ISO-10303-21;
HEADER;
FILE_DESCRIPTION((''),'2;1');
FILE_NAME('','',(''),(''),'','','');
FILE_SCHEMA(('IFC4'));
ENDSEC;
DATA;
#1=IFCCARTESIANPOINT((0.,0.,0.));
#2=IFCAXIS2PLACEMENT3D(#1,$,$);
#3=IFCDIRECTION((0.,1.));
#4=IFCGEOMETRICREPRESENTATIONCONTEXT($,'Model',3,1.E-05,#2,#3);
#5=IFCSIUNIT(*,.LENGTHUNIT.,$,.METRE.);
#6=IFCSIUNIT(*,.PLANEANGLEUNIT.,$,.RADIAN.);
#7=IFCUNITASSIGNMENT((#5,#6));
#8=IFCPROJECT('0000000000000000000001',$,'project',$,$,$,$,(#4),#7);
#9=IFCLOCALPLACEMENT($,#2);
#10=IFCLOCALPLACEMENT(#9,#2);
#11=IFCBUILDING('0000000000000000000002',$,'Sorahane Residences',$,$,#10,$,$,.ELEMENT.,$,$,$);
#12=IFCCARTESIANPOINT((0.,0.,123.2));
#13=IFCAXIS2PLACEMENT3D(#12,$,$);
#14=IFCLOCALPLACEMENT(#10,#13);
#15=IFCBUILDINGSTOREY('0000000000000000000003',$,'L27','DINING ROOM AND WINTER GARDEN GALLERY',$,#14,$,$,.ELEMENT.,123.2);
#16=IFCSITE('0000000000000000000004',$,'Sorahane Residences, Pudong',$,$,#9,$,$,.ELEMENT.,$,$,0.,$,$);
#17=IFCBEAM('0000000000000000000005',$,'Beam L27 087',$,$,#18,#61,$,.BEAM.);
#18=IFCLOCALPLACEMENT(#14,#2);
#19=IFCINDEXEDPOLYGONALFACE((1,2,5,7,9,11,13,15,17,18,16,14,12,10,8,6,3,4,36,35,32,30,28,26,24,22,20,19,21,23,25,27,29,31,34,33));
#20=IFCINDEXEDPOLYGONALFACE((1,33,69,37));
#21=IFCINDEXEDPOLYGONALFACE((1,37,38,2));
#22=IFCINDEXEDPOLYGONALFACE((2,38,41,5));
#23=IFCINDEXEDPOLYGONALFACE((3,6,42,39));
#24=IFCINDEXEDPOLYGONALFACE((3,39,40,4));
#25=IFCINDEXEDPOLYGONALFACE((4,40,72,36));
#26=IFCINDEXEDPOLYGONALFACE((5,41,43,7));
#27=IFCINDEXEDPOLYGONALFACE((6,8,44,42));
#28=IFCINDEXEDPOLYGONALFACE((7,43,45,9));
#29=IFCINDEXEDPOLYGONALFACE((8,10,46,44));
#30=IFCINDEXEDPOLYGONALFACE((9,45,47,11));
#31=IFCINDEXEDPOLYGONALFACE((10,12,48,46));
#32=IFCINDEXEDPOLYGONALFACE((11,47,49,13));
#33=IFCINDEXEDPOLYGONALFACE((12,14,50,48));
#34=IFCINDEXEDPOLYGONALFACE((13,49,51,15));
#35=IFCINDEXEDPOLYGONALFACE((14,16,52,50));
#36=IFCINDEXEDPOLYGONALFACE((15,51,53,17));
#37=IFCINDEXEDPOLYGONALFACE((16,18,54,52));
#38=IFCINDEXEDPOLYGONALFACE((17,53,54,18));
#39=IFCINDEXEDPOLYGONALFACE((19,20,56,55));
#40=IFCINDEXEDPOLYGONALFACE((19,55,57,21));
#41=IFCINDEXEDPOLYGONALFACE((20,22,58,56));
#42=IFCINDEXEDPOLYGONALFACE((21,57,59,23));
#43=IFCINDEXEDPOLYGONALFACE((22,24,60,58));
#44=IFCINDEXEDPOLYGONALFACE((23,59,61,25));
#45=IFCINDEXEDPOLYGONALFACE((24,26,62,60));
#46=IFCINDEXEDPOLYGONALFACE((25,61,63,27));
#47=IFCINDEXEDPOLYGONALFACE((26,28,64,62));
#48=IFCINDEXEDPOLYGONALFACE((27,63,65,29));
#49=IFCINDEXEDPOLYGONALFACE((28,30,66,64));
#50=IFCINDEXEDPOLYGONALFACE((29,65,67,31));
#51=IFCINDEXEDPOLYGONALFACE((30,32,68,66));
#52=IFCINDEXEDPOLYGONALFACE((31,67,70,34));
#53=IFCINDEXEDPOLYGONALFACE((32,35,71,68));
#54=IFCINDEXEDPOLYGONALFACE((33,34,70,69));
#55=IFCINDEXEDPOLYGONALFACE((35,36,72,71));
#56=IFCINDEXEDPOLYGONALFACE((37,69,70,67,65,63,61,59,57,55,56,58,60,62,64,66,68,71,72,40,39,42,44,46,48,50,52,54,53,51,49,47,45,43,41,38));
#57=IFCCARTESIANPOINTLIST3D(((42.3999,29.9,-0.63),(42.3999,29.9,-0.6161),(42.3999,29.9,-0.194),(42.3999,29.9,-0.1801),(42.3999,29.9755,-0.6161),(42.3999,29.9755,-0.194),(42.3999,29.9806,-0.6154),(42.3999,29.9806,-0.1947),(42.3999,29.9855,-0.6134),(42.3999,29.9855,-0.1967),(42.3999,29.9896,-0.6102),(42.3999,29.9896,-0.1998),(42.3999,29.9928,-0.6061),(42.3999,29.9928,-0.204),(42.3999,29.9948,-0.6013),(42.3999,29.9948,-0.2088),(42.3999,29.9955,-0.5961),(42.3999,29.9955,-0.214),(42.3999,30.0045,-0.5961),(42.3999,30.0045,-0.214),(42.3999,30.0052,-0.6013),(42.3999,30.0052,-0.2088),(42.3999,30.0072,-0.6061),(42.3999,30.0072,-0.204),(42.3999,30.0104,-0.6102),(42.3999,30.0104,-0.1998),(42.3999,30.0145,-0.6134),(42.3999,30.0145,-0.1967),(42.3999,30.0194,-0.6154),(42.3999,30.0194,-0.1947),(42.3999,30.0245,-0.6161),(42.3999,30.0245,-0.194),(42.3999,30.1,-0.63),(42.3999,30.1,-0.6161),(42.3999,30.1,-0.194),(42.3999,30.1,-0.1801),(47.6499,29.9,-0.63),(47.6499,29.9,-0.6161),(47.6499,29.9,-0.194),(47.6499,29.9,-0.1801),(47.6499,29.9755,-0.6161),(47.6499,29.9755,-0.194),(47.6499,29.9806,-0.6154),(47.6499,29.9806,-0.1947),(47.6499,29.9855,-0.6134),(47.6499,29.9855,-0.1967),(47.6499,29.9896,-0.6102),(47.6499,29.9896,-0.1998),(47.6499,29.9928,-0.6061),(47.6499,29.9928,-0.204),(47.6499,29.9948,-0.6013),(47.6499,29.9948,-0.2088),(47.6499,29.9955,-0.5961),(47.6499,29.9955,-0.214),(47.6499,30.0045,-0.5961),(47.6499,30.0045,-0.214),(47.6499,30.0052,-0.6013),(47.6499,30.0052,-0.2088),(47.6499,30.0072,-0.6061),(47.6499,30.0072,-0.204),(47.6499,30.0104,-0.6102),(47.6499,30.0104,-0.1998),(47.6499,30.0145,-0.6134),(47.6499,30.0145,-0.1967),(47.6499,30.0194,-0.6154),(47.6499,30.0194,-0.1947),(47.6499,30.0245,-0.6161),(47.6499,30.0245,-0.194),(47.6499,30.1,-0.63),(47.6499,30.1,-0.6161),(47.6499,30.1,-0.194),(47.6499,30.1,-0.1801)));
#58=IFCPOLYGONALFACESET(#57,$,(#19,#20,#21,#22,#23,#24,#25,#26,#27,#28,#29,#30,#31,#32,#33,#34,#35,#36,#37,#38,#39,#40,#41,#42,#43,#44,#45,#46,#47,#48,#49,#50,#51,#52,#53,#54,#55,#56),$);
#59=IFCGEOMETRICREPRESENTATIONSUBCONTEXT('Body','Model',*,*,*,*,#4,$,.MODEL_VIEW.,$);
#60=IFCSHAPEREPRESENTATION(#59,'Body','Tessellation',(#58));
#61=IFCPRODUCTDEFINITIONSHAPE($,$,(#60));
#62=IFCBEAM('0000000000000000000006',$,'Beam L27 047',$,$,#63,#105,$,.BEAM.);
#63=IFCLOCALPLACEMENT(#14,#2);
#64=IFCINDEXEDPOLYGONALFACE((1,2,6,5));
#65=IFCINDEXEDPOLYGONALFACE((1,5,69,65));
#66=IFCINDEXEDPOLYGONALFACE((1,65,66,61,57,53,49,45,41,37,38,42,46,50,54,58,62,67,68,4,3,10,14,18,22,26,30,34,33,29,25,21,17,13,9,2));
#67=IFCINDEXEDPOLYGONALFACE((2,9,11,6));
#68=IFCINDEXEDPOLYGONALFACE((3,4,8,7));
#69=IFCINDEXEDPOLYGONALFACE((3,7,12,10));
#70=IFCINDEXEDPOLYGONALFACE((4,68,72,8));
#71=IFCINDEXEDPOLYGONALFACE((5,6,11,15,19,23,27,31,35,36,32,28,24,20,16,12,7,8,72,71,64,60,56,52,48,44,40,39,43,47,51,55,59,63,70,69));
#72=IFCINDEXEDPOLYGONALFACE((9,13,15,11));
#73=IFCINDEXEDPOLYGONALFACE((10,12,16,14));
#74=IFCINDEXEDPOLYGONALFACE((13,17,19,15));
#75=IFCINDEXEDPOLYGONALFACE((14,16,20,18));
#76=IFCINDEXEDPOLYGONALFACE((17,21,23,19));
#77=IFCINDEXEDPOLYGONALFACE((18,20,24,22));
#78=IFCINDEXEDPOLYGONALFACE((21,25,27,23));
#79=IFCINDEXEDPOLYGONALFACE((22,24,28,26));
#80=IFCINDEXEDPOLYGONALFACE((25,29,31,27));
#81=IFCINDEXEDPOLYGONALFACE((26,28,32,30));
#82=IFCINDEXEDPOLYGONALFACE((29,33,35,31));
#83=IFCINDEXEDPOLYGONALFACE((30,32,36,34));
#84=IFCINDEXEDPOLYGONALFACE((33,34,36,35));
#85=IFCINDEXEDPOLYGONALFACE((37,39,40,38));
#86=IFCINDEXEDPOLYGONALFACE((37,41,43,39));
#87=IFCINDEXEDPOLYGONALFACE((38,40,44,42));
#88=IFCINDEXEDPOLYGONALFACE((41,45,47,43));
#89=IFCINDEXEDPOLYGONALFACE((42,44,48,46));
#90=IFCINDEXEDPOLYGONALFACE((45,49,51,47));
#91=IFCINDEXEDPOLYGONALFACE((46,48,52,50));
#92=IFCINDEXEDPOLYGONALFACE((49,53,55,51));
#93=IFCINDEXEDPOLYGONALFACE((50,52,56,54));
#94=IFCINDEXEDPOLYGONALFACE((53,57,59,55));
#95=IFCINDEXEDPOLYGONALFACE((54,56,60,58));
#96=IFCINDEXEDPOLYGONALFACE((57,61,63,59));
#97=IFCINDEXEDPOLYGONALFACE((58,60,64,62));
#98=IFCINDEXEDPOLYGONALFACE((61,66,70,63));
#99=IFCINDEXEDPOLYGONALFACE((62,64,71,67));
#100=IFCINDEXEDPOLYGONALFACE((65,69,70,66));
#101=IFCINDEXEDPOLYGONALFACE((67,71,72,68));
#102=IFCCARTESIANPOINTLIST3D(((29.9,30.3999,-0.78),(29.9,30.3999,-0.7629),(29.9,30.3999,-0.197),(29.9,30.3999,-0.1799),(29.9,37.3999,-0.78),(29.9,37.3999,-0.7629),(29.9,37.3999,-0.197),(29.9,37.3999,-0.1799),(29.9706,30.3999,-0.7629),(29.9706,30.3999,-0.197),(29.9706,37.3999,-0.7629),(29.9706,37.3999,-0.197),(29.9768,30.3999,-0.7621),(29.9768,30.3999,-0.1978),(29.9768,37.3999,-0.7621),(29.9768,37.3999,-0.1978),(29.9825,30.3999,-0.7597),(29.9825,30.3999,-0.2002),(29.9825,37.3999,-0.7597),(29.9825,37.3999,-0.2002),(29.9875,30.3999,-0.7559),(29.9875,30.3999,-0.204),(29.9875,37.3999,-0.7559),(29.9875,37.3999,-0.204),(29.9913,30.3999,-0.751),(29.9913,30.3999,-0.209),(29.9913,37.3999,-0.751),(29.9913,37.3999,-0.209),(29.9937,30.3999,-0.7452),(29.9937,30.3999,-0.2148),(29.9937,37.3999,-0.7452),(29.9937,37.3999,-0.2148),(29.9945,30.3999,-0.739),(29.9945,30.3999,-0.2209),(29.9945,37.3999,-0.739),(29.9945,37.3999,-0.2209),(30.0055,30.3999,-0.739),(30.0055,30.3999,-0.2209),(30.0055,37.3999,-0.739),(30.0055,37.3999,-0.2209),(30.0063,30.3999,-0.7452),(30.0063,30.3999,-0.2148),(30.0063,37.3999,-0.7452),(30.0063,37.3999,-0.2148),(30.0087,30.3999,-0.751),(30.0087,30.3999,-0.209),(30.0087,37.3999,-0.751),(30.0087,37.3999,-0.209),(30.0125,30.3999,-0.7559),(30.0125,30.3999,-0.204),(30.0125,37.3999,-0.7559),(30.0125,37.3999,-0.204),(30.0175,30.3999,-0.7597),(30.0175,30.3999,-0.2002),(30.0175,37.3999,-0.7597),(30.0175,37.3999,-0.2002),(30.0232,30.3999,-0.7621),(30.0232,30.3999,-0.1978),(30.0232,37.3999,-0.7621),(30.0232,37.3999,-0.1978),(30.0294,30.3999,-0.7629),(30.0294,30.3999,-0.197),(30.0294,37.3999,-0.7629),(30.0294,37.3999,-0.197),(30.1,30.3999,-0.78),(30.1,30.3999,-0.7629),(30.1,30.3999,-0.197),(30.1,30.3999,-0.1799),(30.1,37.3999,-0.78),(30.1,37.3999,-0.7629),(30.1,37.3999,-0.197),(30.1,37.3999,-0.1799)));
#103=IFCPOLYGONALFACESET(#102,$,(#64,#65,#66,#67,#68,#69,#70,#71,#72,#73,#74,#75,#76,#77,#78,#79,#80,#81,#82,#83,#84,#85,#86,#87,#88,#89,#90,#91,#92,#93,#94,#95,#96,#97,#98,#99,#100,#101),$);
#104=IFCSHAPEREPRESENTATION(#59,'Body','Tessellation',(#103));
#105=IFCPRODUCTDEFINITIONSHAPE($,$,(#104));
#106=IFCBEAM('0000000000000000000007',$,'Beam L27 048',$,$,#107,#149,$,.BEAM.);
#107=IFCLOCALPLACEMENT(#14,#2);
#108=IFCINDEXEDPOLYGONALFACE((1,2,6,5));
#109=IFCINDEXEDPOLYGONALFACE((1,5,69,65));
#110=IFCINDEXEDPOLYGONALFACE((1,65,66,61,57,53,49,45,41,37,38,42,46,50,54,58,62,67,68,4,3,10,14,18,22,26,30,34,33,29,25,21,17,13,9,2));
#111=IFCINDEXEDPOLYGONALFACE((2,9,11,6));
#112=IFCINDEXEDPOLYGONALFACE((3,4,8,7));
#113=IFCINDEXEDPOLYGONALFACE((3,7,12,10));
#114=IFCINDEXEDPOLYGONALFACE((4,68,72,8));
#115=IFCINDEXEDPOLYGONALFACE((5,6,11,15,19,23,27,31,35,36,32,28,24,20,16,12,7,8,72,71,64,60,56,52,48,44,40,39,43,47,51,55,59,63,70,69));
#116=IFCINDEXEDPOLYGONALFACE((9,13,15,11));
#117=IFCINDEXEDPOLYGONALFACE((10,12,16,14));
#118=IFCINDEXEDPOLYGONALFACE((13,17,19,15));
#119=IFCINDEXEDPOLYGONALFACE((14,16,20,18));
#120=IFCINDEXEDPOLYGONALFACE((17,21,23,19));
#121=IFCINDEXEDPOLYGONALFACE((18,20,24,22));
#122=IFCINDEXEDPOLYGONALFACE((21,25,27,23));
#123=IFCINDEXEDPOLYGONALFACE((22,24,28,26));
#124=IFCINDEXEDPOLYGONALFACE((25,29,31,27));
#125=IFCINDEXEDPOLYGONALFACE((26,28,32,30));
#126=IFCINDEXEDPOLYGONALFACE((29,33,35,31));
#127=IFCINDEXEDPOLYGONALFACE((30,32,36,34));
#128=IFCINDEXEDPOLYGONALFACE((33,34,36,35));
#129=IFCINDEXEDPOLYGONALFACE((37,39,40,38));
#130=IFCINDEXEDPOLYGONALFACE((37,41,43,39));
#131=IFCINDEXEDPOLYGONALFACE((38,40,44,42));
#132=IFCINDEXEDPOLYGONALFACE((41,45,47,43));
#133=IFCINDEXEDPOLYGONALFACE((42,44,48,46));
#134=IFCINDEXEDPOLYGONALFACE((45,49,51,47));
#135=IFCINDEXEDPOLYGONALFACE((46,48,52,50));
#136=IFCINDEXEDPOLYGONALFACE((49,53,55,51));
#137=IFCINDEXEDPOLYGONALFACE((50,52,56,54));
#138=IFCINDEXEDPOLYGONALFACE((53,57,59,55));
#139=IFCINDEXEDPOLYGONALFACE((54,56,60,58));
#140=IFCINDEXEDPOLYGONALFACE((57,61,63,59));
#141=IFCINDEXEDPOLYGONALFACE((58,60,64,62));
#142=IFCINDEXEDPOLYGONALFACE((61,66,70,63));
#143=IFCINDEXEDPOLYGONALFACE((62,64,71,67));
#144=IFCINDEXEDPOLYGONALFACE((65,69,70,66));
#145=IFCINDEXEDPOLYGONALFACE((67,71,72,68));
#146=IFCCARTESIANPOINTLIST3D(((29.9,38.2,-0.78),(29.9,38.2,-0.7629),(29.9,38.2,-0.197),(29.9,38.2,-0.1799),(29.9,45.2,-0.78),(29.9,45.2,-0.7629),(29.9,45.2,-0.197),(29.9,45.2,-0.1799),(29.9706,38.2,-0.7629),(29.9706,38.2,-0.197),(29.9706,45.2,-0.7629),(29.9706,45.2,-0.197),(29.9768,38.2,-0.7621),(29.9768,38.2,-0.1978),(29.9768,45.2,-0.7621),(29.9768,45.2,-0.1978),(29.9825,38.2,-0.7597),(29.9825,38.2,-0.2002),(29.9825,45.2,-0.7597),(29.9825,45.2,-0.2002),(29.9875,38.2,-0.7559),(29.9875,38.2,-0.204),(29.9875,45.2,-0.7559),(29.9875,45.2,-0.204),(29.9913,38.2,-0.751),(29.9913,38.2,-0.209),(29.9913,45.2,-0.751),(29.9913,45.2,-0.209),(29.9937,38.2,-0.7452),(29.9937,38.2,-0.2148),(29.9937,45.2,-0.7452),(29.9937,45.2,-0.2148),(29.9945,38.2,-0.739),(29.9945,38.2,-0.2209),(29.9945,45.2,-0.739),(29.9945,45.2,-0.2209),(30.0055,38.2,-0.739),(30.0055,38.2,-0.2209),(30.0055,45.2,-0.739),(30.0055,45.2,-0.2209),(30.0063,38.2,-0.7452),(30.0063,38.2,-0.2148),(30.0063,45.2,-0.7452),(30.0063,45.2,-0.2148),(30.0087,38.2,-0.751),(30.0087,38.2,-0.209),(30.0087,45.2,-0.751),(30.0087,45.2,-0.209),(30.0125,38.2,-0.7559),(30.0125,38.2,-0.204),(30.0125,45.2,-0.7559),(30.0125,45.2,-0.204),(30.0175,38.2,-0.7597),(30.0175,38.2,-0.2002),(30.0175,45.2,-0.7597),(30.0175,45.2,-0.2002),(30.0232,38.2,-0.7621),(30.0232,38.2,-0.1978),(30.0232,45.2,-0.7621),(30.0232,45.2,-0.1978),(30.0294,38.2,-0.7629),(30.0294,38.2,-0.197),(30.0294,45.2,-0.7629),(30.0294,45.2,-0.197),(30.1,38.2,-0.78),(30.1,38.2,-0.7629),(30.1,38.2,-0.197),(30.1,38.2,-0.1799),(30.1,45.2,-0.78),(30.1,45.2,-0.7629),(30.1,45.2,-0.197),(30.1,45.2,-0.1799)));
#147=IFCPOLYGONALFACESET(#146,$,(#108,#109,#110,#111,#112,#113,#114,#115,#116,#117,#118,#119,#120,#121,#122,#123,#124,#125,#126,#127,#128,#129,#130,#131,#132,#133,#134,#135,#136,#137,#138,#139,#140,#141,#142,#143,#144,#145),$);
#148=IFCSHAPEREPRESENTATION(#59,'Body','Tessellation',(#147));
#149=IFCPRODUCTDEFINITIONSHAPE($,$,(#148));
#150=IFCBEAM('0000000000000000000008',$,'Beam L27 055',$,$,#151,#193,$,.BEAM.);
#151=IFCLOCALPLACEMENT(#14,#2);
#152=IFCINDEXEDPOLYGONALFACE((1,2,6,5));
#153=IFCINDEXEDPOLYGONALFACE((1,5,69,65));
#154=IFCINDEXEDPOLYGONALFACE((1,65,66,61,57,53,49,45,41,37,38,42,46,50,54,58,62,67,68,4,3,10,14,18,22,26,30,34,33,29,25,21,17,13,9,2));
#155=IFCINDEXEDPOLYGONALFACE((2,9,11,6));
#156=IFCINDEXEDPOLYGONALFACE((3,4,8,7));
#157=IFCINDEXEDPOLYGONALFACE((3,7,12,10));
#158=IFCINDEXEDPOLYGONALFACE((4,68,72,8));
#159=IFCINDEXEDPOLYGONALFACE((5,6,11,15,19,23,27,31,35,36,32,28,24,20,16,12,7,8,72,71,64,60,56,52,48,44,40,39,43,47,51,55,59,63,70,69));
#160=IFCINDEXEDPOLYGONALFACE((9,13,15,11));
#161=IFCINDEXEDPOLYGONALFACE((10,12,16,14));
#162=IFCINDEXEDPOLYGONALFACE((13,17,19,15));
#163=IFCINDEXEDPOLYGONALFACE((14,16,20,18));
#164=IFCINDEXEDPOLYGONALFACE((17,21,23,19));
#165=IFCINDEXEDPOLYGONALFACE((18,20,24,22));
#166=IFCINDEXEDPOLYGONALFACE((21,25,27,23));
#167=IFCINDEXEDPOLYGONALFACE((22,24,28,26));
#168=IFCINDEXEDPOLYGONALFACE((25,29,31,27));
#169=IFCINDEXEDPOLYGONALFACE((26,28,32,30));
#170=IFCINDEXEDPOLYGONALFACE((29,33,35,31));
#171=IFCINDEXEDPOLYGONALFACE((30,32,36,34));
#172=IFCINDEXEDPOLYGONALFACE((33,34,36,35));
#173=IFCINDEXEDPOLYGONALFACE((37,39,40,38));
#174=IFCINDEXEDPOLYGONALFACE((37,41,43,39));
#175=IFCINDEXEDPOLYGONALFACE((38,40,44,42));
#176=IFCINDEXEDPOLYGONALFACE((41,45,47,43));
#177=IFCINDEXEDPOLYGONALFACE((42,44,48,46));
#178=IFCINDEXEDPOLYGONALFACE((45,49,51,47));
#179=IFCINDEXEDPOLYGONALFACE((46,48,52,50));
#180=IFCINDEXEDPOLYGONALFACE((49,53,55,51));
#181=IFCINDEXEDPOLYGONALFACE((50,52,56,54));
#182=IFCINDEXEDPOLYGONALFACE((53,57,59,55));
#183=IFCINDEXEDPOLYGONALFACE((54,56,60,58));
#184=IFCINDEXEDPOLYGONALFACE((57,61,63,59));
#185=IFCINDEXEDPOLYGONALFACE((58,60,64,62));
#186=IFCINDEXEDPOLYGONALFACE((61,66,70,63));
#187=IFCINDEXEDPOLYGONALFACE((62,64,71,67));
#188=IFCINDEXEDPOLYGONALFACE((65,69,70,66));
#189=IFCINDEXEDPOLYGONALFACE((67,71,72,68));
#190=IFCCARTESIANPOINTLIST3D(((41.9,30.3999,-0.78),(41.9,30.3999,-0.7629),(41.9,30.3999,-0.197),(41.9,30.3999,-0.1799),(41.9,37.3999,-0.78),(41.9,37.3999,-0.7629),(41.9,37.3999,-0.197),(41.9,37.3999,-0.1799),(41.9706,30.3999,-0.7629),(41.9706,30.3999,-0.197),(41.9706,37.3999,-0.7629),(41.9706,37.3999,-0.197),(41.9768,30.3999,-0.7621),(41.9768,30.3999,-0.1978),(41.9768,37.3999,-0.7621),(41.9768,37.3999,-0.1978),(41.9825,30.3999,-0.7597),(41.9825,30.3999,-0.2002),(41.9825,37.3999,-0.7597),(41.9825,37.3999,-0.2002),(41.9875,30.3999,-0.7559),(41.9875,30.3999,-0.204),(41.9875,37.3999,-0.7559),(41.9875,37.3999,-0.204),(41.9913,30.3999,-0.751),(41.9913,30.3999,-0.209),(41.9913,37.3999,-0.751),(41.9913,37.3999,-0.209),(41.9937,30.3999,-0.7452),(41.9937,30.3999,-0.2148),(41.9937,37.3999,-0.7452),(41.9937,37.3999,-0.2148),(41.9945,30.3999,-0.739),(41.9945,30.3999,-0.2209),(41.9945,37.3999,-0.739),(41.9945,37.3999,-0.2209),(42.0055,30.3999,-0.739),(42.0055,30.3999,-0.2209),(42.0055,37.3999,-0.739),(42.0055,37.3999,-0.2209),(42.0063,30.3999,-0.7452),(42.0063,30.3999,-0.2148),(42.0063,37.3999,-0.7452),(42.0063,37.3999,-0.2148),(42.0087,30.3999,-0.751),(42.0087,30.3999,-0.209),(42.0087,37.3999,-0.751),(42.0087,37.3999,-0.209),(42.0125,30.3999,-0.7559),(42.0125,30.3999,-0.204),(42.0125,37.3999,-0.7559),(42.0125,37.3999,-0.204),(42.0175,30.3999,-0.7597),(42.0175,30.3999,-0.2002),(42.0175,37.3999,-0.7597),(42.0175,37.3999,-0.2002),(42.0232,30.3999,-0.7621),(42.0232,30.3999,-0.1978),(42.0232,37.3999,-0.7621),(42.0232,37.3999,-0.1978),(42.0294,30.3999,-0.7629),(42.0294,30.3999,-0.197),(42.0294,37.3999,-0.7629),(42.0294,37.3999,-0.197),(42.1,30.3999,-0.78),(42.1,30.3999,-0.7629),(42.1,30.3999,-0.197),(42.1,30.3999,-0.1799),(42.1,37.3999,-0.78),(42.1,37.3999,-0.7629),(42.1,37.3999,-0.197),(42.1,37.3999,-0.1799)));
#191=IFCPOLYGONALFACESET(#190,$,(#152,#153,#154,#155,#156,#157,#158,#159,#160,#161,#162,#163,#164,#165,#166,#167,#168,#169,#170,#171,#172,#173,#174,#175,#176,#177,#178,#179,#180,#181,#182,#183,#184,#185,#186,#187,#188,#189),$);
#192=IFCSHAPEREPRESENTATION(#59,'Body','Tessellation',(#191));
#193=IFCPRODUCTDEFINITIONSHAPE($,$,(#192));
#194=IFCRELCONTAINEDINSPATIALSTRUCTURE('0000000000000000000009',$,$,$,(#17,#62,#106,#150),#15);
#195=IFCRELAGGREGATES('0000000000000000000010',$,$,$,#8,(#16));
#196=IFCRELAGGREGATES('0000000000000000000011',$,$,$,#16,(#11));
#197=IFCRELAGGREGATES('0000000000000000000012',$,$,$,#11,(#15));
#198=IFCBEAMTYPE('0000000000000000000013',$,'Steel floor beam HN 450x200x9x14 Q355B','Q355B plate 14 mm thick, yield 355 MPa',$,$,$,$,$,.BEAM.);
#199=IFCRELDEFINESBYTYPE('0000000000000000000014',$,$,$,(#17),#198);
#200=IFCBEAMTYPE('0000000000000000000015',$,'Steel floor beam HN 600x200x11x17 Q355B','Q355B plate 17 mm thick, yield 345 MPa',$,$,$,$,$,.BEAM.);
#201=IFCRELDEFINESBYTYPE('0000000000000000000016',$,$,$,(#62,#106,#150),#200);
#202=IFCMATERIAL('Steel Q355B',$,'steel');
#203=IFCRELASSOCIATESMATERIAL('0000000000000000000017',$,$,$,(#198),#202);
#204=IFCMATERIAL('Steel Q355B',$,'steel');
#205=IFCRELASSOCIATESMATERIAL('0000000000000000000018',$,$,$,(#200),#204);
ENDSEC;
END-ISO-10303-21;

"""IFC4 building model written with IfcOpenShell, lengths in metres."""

from ifc_helpers import new_model, si_unit, direction, frame, origin, origin_2d, place, context, subcontext, project, spatial, i_section, extrude, material, material_profile, profile_set, type_object, element, save


model = new_model("IFC4")

# Units and contexts
model_context = context("Model", 3, precision=1e-05, world=origin(), true_north=direction((0.0, 1.0)))
body_context = subcontext(model_context, "Body", "Model", "MODEL_VIEW")
ifc_project = project(units=[si_unit("LENGTHUNIT", "METRE"), si_unit("PLANEANGLEUNIT", "RADIAN")], contexts=[model_context])

# Site, building, storey
site_placement = place(None, origin())
site = spatial("IfcSite", under=ifc_project, at=site_placement, Name="Sorahane Residences, Pudong", CompositionType="ELEMENT", RefElevation=0.0)
building_placement = place(site_placement, origin())
building = spatial("IfcBuilding", under=site, at=building_placement, Name="Sorahane Residences", CompositionType="ELEMENT")
storey_placement = place(building_placement, frame((0.0, 0.0, 123.2)))
storey = spatial("IfcBuildingStorey", under=building, at=storey_placement, Name="L27", Description="DINING ROOM AND WINTER GARDEN GALLERY", CompositionType="ELEMENT", Elevation=123.2)

# Beams
ifc_material_1 = material(Name="Steel Q355B", Category="steel")
ifc_material_profile_1 = material_profile(ifc_material_1, i_section(OverallWidth=0.2, OverallDepth=0.45, WebThickness=0.009, FlangeThickness=0.0139, FilletRadius=0.02, at=origin_2d()), Name="HN 450x200x9x14")
ifc_profile_set_1 = profile_set([ifc_material_profile_1], Name="Steel Q355B")
beam_type_1 = type_object("IfcBeamType", Name="Steel floor beam HN 450x200x9x14 Q355B", Description="Q355B plate 14 mm thick, yield 355 MPa", PredefinedType="BEAM", material=ifc_profile_set_1)
beam_placement = place(storey_placement, frame((42.3999, 30.0, -0.405), z_axis=(1.0, 0.0, 0.0), x_axis=(0.0, 1.0, 0.0)))
element("IfcBeam", 1, at=beam_placement, inside=storey, type_object=beam_type_1, Name="Beam L27 087", PredefinedType="BEAM", context=body_context, shape_type="SweptSolid", body=[
    extrude(i_section(OverallWidth=0.2, OverallDepth=0.45, WebThickness=0.009, FlangeThickness=0.0139, FilletRadius=0.02, at=origin_2d()), origin(), (0.0, 0.0, 1.0), 5.25),
])
ifc_material_2 = material(Name="Steel Q355B", Category="steel")
ifc_material_profile_2 = material_profile(ifc_material_2, i_section(OverallWidth=0.2, OverallDepth=0.6001, WebThickness=0.011, FlangeThickness=0.0171, FilletRadius=0.0239, at=origin_2d()), Name="HN 600x200x11x17")
ifc_profile_set_2 = profile_set([ifc_material_profile_2], Name="Steel Q355B")
beam_type_2 = type_object("IfcBeamType", Name="Steel floor beam HN 600x200x11x17 Q355B", Description="Q355B plate 17 mm thick, yield 345 MPa", PredefinedType="BEAM", material=ifc_profile_set_2)
for number, where, z_axis, x_axis, name in (
    (2, (30.0, 30.3999, -0.48), (0.0, 1.0, 0.0), (-1.0, 0.0, 0.0), "Beam L27 047"),
    (3, (30.0, 38.2, -0.48), (0.0, 1.0, 0.0), (-1.0, 0.0, 0.0), "Beam L27 048"),
    (4, (42.0, 30.3999, -0.48), (0.0, 1.0, 0.0), (-1.0, 0.0, 0.0), "Beam L27 055"),
):
    element("IfcBeam", number, at=place(storey_placement, frame(where, z_axis=z_axis, x_axis=x_axis)), inside=storey, type_object=beam_type_2, Name=name, PredefinedType="BEAM", context=body_context, shape_type="SweptSolid", body=[
        extrude(i_section(OverallWidth=0.2, OverallDepth=0.6001, WebThickness=0.011, FlangeThickness=0.0171, FilletRadius=0.0239, at=origin_2d()), origin(), (0.0, 0.0, 1.0), 7.0),
    ])

save(model, "model.ifc")
